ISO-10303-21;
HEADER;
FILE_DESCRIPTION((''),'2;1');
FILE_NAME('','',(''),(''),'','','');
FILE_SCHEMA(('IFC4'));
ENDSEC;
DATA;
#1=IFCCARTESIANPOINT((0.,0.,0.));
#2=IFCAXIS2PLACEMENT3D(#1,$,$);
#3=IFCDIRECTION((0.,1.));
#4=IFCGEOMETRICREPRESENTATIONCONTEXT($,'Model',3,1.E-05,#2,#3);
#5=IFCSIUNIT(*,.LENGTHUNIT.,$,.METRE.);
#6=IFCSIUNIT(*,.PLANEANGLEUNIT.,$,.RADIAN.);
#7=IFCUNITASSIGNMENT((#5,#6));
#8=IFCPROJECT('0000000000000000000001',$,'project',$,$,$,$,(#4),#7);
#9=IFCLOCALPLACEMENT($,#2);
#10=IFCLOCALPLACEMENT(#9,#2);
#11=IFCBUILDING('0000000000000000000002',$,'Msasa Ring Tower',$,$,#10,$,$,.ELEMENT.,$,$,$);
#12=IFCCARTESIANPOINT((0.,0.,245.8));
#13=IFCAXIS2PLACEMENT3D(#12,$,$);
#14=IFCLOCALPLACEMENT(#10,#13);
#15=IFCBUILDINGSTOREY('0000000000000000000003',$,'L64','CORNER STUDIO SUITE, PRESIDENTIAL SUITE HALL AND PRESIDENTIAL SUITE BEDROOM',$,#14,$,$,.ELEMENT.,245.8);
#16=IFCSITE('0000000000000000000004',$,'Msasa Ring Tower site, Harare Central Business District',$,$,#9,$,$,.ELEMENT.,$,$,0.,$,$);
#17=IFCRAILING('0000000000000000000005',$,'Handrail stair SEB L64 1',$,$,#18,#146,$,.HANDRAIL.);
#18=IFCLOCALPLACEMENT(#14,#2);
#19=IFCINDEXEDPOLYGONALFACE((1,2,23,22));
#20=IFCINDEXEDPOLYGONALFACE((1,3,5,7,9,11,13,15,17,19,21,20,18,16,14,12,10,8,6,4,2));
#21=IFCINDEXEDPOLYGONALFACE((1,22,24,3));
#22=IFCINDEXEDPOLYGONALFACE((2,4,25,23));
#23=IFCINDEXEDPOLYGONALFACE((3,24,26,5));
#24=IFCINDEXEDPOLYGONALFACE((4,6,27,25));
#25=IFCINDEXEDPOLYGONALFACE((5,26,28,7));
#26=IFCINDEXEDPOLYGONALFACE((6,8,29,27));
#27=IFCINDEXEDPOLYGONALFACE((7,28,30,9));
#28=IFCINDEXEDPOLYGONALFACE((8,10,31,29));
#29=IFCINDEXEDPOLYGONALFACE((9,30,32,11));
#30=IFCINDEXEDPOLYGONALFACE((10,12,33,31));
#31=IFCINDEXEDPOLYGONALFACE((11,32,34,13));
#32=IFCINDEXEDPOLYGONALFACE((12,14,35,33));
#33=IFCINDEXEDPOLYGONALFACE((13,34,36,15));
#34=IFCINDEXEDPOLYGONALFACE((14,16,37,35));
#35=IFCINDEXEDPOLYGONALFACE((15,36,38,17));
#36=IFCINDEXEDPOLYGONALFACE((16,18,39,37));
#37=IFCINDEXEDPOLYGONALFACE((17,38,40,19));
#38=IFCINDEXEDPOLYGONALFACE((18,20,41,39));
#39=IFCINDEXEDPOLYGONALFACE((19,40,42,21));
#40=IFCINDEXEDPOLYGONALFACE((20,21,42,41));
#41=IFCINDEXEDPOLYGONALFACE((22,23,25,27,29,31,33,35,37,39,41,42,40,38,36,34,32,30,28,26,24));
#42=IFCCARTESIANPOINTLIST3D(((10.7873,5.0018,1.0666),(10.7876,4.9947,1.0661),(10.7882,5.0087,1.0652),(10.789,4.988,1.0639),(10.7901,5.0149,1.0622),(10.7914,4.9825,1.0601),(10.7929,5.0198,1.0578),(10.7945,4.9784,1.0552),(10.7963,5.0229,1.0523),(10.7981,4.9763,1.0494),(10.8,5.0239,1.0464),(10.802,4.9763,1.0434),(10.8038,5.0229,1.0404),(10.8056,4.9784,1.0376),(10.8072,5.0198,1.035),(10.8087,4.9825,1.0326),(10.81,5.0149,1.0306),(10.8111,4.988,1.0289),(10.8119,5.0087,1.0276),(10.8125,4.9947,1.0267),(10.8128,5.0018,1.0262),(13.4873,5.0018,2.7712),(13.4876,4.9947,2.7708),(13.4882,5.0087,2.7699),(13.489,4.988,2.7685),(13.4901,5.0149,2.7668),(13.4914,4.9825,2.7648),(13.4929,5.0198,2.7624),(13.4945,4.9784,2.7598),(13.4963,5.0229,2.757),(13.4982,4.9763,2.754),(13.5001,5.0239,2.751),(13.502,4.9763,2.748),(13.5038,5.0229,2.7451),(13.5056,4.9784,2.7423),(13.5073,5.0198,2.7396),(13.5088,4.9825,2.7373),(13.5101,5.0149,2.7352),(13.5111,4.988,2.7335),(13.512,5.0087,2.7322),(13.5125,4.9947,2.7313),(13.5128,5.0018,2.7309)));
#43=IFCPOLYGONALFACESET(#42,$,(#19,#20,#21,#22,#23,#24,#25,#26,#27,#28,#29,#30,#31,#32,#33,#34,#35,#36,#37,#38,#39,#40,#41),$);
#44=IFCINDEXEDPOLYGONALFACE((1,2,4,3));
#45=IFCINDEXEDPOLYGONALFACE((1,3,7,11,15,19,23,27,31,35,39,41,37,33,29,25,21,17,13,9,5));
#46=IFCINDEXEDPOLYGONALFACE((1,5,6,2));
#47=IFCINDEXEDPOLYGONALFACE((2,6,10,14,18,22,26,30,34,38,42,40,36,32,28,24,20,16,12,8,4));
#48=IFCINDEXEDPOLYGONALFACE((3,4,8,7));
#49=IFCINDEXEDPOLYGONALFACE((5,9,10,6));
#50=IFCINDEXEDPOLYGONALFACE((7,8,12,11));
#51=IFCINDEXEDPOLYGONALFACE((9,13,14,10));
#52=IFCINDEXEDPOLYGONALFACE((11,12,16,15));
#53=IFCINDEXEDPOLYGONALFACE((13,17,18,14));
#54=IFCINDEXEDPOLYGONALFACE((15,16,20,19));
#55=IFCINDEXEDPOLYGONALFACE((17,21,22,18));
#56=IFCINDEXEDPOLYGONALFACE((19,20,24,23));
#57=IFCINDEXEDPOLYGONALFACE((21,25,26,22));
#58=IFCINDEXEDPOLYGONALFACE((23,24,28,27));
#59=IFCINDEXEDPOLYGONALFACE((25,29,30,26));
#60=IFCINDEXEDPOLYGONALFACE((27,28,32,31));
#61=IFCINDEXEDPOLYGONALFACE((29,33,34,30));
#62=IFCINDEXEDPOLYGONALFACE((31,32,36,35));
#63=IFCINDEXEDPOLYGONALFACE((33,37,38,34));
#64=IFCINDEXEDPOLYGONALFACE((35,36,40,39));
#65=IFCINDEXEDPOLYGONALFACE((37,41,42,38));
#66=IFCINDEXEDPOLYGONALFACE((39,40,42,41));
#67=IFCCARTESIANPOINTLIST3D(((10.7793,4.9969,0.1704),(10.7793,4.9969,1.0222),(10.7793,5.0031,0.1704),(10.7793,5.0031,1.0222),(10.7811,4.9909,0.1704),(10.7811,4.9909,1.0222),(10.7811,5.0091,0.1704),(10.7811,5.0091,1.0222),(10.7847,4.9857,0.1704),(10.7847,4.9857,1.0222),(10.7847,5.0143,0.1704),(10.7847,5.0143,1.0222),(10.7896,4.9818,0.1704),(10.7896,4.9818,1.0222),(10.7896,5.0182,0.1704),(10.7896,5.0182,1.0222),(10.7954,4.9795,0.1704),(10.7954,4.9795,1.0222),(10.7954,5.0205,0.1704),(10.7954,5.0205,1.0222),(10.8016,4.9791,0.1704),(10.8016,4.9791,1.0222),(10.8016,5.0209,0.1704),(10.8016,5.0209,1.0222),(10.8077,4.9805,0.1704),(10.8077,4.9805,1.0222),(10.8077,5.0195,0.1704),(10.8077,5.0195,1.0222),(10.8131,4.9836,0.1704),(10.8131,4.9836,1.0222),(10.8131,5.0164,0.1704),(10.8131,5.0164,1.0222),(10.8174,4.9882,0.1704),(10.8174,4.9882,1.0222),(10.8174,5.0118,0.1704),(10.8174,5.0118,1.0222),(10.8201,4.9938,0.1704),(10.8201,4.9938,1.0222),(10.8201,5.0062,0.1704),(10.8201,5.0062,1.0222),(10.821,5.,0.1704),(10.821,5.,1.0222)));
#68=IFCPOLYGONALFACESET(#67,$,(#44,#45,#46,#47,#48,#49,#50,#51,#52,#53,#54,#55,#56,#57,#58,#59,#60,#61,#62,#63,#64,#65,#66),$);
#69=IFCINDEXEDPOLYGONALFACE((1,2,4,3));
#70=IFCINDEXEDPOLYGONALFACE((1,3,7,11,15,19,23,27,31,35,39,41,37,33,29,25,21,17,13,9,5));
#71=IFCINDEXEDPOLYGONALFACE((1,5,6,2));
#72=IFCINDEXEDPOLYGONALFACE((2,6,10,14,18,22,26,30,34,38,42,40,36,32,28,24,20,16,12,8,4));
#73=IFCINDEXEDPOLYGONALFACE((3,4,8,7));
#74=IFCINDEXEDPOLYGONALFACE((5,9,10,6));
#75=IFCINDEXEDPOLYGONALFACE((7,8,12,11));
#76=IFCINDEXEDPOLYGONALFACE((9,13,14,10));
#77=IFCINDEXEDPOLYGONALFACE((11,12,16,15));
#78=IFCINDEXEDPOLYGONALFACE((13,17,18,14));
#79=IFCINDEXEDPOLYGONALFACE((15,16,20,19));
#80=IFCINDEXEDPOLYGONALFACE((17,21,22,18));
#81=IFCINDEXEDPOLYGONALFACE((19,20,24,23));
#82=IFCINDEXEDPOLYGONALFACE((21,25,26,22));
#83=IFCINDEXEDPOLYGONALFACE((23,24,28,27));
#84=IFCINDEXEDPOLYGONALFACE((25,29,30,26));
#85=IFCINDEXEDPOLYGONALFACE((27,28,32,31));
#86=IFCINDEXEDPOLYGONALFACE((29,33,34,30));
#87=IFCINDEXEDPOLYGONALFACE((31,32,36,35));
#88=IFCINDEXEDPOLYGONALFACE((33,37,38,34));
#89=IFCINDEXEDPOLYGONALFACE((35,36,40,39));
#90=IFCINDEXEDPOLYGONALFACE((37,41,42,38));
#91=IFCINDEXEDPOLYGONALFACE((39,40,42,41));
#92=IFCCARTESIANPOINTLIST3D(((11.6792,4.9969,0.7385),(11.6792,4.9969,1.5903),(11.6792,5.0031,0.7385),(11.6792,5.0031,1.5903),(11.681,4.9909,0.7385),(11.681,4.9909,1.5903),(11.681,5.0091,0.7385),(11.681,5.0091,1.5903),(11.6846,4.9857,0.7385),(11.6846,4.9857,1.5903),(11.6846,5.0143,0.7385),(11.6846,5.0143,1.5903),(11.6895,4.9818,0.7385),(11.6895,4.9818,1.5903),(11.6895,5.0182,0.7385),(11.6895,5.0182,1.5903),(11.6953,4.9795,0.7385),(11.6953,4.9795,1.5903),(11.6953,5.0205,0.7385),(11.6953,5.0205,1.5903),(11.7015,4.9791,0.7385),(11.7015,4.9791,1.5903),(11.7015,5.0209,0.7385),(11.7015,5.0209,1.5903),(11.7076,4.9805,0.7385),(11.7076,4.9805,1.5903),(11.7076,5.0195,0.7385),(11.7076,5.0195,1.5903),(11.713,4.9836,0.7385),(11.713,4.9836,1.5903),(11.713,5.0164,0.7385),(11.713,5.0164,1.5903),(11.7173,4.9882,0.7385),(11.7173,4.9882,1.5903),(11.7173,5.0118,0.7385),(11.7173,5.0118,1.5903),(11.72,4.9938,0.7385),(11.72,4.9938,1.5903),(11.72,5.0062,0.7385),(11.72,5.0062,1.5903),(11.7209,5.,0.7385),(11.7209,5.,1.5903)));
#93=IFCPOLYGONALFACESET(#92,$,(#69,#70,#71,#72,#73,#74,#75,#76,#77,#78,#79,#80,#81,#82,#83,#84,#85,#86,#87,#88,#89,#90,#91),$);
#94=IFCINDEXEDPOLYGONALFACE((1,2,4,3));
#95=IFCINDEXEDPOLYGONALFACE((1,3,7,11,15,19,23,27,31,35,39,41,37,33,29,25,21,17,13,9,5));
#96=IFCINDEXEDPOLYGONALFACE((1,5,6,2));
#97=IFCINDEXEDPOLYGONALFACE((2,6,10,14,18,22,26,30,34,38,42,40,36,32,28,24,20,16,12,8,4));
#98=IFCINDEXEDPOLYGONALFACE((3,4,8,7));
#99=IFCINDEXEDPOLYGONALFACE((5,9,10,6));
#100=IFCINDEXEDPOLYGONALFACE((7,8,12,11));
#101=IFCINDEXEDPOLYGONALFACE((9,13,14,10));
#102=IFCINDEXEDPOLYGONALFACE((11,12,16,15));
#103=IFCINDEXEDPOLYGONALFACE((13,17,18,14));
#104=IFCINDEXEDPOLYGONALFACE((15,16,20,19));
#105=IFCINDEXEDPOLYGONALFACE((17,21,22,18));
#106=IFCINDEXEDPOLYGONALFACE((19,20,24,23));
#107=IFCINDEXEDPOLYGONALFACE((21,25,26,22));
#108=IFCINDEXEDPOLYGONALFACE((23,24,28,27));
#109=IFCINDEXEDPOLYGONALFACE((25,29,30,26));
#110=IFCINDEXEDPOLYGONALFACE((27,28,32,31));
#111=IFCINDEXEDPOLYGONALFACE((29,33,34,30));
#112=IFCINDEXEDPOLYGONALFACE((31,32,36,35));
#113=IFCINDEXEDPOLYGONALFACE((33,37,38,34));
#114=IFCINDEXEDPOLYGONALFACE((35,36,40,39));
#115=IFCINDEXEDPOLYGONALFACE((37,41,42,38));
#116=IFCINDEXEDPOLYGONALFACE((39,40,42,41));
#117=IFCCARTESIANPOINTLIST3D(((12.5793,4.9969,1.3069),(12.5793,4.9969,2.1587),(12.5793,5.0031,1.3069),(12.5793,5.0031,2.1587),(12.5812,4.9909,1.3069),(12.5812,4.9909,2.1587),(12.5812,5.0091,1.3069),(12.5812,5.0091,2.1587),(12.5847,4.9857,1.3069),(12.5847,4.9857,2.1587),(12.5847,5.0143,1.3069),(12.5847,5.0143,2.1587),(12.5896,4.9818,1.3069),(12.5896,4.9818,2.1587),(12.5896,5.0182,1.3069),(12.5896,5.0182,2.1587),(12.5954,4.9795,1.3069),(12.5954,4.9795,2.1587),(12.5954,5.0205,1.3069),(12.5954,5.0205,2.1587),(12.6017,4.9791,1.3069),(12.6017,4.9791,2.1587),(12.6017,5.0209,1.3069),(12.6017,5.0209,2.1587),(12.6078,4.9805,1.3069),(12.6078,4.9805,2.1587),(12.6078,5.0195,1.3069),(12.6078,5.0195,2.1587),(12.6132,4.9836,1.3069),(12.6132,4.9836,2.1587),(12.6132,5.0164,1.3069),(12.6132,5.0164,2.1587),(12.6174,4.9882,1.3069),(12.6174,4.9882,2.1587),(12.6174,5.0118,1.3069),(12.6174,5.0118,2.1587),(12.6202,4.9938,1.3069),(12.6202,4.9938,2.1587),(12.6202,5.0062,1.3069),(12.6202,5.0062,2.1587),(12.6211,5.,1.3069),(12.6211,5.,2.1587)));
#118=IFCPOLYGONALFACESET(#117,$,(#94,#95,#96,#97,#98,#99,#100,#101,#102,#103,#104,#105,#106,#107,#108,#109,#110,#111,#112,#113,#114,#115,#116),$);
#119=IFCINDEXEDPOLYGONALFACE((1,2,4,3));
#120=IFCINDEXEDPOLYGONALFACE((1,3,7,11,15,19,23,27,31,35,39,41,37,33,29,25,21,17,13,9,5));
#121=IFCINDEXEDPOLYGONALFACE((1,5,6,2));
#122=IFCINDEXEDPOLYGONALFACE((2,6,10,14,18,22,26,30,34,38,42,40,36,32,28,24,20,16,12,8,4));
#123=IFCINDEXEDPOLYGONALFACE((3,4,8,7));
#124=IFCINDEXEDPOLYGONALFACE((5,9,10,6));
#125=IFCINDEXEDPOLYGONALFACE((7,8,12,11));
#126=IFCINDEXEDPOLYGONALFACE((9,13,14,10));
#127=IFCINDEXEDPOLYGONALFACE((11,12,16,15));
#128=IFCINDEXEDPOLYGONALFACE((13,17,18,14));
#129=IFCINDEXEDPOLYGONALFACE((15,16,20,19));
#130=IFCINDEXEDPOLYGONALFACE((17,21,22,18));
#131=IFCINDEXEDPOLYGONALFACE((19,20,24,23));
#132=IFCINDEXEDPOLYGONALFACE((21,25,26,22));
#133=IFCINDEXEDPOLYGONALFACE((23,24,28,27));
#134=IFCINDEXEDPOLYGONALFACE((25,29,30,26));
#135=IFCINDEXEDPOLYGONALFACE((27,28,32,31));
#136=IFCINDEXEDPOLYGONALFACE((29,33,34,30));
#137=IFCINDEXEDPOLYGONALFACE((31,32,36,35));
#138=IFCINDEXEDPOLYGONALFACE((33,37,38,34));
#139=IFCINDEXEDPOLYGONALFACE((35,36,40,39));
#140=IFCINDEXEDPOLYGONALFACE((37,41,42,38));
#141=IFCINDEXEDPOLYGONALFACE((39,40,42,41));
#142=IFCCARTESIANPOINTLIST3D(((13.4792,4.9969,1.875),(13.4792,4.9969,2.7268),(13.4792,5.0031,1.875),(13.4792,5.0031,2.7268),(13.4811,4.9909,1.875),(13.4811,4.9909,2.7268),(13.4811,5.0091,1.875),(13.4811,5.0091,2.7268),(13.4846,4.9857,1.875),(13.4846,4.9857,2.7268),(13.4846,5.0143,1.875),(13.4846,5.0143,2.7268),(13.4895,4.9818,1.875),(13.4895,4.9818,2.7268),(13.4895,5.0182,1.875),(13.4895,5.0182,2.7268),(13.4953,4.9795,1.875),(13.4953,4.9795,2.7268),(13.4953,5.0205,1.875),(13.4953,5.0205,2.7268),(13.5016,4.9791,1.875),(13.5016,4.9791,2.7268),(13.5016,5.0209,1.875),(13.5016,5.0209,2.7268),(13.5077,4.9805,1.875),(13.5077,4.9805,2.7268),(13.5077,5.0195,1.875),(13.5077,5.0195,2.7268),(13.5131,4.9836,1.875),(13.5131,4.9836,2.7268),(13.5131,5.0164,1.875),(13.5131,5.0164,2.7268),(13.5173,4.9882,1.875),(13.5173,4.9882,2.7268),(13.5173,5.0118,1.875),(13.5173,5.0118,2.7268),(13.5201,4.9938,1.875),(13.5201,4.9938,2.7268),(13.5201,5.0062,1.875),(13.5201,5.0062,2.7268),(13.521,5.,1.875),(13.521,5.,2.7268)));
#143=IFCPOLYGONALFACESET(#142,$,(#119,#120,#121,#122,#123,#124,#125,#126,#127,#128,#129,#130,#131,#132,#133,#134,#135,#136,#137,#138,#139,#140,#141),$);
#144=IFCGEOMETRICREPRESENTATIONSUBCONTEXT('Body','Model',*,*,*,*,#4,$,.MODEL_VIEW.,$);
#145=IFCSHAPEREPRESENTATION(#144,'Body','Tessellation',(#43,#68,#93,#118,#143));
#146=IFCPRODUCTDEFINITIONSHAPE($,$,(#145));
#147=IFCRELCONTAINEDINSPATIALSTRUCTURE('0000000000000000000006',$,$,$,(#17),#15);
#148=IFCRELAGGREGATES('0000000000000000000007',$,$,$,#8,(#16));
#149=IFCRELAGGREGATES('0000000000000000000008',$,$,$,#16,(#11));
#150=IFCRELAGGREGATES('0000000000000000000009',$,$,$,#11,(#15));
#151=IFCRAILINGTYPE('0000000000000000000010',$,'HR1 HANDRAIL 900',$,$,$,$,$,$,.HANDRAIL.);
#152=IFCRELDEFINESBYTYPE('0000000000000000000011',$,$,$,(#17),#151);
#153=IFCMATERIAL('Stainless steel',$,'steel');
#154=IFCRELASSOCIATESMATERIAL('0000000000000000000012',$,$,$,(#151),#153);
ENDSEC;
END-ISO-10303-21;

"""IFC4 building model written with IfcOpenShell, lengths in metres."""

from ifc_helpers import new_model, si_unit, direction, frame, origin, origin_2d, place, context, subcontext, project, spatial, circle, extrude, material, type_object, element, save


model = new_model("IFC4")

# Units and contexts
model_context = context("Model", 3, precision=1e-05, world=origin(), true_north=direction((0.0, 1.0)))
body_context = subcontext(model_context, "Body", "Model", "MODEL_VIEW")
ifc_project = project(units=[si_unit("LENGTHUNIT", "METRE"), si_unit("PLANEANGLEUNIT", "RADIAN")], contexts=[model_context])

# Site, building, storey
site_placement = place(None, origin())
site = spatial("IfcSite", under=ifc_project, at=site_placement, Name="Msasa Ring Tower site, Harare Central Business District", CompositionType="ELEMENT", RefElevation=0.0)
building_placement = place(site_placement, origin())
building = spatial("IfcBuilding", under=site, at=building_placement, Name="Msasa Ring Tower", CompositionType="ELEMENT")
storey_placement = place(building_placement, frame((0.0, 0.0, 245.8)))
storey = spatial("IfcBuildingStorey", under=building, at=storey_placement, Name="L64", Description="CORNER STUDIO SUITE, PRESIDENTIAL SUITE HALL AND PRESIDENTIAL SUITE BEDROOM", CompositionType="ELEMENT", Elevation=245.8)

# Railing
ifc_material_1 = material(Name="Stainless steel", Category="steel")
railing_type = type_object("IfcRailingType", Name="HR1 HANDRAIL 900", PredefinedType="HANDRAIL", material=ifc_material_1)
for number, where, name in (
    (1, (10.8, 5.0, 0.1704), "Handrail stair SEB L64 1"),
):
    element("IfcRailing", number, at=place(storey_placement, frame(where)), inside=storey, type_object=railing_type, Name=name, PredefinedType="HANDRAIL", context=body_context, shape_type="SweptSolid", body=[
        extrude(circle(Radius=0.0239, at=origin_2d()), frame((0.0, 0.0, 0.876), z_axis=(0.84558, 0.0, 0.533849), x_axis=(0.0, 1.0, 0.0)), (0.0, 0.0, 1.0), 3.1931),
        extrude(circle(Radius=0.021, at=origin_2d()), origin(), (0.0, 0.0, 1.0), 0.8518),
        extrude(circle(Radius=0.021, at=origin_2d()), frame((0.8999, 0.0, 0.5681)), (0.0, 0.0, 1.0), 0.8518),
        extrude(circle(Radius=0.021, at=origin_2d()), frame((1.8, 0.0, 1.1365)), (0.0, 0.0, 1.0), 0.8518),
        extrude(circle(Radius=0.021, at=origin_2d()), frame((2.7, 0.0, 1.7046)), (0.0, 0.0, 1.0), 0.8518),
    ])

save(model, "model.ifc")
